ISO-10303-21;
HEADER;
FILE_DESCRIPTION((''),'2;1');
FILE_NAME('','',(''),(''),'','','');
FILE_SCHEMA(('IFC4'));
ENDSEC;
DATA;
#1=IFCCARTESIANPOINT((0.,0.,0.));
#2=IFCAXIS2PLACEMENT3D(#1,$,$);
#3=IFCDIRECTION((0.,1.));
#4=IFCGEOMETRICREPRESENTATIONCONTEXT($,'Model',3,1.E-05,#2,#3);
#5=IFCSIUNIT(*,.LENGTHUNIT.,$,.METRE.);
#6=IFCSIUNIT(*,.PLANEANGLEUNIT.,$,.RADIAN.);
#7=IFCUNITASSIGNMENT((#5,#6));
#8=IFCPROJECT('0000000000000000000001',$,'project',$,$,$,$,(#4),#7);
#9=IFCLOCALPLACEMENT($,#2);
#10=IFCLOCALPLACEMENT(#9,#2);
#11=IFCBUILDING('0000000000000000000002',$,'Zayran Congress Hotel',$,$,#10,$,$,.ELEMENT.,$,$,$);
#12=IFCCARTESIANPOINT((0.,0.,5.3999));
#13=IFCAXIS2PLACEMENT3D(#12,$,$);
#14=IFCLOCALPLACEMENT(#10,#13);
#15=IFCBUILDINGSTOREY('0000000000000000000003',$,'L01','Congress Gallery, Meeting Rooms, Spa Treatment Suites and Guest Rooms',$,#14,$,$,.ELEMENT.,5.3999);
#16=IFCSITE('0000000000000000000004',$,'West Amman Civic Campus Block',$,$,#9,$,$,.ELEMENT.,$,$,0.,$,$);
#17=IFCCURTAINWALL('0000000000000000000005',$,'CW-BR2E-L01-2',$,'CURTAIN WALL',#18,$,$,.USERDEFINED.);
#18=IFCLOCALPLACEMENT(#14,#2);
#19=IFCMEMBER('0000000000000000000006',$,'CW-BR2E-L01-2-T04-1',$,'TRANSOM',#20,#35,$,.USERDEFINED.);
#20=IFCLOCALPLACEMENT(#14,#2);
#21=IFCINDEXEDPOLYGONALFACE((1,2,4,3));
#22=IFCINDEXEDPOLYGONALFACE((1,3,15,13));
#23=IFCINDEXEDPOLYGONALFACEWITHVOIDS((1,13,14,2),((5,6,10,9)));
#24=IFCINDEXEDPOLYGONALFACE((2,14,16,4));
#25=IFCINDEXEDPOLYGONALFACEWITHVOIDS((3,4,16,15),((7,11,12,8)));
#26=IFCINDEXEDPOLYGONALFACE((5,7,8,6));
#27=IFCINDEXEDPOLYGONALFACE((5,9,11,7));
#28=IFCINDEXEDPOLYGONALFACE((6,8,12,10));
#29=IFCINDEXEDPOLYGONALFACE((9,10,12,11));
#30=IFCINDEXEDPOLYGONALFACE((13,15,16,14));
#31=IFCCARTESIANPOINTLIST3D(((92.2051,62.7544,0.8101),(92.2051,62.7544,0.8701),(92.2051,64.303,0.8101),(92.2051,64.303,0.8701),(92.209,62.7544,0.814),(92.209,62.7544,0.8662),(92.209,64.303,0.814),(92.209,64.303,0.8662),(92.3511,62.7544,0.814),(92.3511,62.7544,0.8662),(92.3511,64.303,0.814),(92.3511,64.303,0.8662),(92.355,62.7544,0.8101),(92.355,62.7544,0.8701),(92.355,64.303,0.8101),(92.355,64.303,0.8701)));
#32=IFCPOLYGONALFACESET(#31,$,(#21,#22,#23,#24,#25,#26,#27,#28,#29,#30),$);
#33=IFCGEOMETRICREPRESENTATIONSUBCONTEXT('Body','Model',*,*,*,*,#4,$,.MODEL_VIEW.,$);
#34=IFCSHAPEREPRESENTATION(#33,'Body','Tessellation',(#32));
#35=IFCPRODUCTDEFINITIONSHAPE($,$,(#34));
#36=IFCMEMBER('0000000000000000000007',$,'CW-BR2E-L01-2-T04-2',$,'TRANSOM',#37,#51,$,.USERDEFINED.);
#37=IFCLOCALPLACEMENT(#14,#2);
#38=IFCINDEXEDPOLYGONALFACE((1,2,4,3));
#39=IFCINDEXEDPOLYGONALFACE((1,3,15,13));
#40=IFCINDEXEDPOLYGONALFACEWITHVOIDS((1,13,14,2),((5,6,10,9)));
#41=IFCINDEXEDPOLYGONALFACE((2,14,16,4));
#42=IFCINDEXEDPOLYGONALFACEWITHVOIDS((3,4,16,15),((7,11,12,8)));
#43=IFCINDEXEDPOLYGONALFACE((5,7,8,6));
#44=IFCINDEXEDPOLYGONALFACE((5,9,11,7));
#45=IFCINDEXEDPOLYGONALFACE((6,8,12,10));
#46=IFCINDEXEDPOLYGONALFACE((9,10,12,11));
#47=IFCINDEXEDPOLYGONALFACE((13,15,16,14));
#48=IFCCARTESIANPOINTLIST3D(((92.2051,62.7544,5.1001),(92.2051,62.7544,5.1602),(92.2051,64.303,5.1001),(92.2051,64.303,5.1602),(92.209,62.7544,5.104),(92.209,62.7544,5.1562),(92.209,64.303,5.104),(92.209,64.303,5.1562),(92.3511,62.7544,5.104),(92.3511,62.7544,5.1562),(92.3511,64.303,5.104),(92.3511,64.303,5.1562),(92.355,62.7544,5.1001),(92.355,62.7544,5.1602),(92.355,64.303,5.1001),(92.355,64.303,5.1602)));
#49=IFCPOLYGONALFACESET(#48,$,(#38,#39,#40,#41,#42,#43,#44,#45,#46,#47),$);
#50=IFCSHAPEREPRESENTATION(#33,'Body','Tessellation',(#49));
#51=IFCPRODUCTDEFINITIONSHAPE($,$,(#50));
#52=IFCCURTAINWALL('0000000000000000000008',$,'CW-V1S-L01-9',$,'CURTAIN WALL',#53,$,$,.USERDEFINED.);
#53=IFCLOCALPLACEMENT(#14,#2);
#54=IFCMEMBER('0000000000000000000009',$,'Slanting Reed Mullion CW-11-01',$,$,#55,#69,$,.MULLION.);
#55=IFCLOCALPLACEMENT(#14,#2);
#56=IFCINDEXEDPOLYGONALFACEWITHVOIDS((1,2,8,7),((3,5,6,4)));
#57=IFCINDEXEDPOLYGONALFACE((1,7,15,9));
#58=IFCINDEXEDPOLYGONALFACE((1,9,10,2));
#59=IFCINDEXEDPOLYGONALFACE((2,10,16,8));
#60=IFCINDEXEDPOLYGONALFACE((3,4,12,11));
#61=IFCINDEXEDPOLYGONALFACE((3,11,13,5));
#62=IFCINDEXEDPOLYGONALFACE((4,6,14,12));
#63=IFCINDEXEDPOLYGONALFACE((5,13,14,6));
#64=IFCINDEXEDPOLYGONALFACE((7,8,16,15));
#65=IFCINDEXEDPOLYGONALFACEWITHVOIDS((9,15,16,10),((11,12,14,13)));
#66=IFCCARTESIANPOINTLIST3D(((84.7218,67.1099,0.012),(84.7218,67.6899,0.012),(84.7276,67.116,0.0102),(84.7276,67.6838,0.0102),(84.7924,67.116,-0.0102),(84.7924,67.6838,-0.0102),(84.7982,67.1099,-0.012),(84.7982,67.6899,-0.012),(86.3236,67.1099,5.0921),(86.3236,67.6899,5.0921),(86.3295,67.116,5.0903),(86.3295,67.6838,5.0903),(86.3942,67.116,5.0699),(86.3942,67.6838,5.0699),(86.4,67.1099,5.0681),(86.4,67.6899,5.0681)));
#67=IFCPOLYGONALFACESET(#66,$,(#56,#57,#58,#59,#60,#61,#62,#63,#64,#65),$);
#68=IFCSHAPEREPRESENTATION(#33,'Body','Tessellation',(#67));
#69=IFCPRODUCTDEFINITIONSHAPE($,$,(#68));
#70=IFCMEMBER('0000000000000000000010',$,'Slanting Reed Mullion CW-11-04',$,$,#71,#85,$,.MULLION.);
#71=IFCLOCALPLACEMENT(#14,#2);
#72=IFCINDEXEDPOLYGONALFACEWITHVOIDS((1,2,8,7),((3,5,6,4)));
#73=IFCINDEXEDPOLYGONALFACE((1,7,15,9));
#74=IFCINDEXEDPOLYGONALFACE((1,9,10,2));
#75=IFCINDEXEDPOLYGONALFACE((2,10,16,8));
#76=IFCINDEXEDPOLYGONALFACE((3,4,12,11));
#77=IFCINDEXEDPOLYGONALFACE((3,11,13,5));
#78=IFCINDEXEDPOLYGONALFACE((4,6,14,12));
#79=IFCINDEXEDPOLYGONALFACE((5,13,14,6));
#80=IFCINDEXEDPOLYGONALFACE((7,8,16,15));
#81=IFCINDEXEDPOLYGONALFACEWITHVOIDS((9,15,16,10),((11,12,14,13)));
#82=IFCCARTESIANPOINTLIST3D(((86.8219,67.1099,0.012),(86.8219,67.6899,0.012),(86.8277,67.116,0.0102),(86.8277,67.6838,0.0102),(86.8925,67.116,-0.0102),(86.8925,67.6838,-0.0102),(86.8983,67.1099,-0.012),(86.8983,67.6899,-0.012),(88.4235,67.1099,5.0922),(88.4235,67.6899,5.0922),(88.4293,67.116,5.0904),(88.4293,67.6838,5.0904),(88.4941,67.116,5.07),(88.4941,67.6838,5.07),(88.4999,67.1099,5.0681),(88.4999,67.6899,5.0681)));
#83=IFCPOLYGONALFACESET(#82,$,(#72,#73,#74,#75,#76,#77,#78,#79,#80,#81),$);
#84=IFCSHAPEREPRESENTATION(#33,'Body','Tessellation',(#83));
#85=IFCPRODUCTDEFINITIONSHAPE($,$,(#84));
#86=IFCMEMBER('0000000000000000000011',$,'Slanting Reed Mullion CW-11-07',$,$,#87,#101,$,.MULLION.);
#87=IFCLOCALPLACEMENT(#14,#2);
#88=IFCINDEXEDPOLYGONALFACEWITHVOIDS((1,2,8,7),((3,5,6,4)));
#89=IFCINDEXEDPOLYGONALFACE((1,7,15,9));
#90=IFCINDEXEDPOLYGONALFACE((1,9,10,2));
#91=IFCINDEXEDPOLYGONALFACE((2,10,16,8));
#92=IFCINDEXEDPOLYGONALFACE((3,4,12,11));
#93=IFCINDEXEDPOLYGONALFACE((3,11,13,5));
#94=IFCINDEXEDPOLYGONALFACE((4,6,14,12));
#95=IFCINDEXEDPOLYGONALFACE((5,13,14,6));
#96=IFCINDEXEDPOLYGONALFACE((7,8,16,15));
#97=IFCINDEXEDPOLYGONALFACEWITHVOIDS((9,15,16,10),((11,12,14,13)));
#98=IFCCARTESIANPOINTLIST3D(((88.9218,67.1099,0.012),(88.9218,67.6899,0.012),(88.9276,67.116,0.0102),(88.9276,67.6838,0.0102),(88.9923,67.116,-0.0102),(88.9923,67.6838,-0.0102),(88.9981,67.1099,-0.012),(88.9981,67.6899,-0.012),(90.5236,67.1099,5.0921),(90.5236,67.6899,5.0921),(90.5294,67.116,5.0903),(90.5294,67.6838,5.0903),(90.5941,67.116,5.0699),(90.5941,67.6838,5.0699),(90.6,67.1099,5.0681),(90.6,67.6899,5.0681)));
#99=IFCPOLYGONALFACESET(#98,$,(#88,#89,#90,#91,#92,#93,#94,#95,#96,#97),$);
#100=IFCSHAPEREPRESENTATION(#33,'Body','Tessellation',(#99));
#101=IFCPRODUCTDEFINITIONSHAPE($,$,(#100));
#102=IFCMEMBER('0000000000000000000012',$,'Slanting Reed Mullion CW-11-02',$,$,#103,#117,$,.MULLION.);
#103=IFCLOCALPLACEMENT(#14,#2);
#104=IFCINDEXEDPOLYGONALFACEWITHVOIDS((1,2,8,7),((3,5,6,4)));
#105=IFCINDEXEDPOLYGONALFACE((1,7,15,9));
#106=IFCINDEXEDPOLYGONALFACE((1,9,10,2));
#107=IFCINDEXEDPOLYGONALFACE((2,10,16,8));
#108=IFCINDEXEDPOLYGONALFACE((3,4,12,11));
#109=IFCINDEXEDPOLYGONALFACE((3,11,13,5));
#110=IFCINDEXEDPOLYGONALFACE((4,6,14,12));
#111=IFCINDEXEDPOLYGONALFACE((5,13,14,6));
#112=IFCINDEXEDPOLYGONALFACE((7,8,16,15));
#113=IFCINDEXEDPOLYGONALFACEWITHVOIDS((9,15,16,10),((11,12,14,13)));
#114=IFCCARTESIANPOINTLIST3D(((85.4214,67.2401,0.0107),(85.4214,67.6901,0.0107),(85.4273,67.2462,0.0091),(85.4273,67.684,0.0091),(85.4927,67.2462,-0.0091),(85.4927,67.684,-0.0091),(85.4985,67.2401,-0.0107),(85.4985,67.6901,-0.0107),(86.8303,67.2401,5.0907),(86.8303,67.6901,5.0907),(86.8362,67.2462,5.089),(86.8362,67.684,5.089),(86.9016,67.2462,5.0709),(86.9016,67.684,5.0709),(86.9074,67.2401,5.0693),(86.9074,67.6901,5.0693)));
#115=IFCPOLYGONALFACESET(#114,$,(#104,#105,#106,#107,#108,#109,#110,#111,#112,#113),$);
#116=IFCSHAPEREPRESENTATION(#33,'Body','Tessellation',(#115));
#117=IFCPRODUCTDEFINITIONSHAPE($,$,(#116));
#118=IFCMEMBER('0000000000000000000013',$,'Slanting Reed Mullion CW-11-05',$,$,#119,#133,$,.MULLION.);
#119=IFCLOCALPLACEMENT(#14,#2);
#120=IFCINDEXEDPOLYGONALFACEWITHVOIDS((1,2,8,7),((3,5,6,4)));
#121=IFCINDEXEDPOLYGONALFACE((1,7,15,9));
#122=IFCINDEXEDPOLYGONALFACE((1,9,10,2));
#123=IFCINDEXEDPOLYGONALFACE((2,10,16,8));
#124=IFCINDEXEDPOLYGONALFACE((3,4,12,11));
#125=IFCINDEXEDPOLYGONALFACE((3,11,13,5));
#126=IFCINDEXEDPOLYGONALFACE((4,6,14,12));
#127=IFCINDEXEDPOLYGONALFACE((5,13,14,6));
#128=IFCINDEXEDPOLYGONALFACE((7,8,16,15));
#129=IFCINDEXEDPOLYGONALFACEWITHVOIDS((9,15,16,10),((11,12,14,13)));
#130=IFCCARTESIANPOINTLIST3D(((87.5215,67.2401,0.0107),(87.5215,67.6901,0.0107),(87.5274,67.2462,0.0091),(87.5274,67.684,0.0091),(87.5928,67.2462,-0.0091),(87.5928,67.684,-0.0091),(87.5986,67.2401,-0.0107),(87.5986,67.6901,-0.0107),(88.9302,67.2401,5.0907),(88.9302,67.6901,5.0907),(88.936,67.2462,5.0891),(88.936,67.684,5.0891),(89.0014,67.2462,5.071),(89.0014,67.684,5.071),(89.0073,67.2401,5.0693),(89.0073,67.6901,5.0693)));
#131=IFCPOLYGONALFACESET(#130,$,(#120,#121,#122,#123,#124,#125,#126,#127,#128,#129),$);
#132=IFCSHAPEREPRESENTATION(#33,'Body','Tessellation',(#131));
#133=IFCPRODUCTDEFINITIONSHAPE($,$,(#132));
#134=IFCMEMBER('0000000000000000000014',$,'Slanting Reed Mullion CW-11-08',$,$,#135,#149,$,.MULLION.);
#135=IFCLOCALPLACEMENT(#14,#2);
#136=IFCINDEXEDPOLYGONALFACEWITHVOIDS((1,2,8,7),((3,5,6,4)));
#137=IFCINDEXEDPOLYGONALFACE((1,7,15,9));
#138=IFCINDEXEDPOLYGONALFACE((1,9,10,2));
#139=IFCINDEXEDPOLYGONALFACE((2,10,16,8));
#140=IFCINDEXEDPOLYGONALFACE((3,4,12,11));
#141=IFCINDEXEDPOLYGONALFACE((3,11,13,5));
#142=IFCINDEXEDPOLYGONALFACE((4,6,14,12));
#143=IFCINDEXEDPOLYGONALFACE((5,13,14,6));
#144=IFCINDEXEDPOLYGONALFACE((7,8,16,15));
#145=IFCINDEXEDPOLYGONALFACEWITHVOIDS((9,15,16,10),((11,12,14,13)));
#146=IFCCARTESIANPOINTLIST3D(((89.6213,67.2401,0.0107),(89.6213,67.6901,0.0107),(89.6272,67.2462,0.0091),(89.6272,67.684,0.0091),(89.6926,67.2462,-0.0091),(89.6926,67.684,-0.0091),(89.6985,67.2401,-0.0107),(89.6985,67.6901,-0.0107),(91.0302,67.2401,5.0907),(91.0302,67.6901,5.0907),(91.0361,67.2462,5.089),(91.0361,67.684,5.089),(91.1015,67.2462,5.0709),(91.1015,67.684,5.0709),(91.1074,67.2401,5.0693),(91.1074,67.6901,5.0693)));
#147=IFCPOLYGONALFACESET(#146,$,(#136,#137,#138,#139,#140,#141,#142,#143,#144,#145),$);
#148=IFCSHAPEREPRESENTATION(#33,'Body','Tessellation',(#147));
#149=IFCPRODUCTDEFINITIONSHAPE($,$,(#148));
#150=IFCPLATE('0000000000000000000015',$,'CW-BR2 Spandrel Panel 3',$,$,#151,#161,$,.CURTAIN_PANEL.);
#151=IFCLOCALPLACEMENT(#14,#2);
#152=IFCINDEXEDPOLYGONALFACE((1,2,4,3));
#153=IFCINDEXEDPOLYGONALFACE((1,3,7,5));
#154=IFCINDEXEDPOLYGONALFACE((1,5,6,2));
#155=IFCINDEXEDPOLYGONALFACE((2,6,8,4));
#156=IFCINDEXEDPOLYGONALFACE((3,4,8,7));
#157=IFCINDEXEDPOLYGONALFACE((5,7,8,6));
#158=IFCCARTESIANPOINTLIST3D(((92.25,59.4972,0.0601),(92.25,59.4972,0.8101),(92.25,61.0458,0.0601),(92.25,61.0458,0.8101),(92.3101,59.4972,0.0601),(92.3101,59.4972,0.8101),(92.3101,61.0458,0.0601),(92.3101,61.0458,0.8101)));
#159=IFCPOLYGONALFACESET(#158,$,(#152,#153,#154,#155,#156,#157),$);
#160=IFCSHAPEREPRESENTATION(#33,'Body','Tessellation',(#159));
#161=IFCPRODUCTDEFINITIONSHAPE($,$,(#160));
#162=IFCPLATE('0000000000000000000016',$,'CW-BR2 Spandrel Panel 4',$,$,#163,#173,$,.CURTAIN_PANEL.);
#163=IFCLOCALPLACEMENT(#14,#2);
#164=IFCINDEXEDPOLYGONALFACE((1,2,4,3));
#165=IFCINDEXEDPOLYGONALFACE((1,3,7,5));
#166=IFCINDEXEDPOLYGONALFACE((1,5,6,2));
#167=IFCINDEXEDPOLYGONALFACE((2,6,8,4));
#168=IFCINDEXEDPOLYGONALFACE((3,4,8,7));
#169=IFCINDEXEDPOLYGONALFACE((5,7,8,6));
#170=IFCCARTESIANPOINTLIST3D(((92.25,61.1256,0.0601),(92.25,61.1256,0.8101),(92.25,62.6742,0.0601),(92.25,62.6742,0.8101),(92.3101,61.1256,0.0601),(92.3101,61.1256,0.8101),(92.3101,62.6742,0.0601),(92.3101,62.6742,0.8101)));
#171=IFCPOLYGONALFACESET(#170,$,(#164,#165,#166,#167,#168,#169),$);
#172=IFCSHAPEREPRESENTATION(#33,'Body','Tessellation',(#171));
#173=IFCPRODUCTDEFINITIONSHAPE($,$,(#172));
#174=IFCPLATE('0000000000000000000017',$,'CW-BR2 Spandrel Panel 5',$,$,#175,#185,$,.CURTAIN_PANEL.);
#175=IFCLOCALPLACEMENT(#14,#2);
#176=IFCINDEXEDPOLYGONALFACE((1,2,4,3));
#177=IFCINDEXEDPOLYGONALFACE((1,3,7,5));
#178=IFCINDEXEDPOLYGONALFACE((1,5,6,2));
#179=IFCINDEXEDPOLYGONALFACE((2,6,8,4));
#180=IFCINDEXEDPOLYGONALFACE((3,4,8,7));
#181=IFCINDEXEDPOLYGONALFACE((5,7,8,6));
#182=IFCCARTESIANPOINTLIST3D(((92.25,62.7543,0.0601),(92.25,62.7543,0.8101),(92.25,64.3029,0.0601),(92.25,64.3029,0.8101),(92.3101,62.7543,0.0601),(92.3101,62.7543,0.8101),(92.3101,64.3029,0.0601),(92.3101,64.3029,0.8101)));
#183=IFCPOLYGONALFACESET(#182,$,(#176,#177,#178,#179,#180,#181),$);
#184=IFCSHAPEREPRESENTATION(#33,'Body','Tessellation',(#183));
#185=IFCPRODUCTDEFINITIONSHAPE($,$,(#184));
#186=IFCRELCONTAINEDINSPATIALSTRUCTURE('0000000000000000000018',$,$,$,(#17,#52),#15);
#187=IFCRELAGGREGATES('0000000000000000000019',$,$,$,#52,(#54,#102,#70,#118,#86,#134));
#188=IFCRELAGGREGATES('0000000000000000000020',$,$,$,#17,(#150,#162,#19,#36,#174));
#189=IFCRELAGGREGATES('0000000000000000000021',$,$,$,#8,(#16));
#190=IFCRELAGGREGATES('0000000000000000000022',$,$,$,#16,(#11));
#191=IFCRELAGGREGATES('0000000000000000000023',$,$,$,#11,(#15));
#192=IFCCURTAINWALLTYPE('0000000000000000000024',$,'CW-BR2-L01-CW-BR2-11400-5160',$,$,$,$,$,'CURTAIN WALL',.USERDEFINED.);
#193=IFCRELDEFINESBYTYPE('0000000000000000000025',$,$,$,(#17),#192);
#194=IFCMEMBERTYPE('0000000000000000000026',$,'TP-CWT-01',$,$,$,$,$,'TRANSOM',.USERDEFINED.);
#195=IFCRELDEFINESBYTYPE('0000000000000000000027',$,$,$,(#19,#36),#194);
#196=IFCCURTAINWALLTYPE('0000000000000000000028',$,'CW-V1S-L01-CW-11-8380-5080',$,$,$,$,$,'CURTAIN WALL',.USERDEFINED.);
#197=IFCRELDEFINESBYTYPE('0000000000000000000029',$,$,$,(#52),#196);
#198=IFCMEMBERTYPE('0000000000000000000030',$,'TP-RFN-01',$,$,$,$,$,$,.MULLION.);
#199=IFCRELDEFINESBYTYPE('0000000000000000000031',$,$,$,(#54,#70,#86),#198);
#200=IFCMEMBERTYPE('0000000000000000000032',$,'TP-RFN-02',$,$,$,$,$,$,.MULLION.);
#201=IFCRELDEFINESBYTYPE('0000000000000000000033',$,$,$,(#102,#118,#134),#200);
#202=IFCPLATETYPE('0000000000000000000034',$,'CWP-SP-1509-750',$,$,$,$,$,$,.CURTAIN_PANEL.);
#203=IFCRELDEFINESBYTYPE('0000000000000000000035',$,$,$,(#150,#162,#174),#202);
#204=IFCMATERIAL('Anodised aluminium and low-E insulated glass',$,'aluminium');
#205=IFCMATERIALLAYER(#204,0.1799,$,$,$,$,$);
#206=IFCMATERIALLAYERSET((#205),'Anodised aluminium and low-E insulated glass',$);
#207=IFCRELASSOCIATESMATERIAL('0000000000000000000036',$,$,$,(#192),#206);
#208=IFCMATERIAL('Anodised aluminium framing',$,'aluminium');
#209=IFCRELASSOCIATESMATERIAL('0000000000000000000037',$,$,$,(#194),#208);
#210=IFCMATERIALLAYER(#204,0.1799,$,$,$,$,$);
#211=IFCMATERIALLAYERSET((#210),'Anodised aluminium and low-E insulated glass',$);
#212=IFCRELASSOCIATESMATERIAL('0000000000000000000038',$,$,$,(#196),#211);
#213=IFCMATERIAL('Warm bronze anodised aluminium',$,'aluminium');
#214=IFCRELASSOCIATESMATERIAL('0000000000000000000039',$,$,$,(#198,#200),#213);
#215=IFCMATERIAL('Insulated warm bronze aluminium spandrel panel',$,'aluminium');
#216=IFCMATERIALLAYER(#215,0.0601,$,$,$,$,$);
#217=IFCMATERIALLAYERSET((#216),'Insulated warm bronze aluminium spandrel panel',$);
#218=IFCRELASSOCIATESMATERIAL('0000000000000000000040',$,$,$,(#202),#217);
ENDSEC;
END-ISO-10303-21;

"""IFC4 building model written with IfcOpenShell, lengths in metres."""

from ifc_helpers import new_model, si_unit, direction, frame, origin, origin_2d, place, context, subcontext, project, spatial, rectangle, hollow_rectangle, extrude, material, layer, layer_set, material_profile, profile_set, type_object, element, aggregate, save


model = new_model("IFC4")

# Units and contexts
model_context = context("Model", 3, precision=1e-05, world=origin(), true_north=direction((0.0, 1.0)))
body_context = subcontext(model_context, "Body", "Model", "MODEL_VIEW")
ifc_project = project(units=[si_unit("LENGTHUNIT", "METRE"), si_unit("PLANEANGLEUNIT", "RADIAN")], contexts=[model_context])

# Site, building, storey
site_placement = place(None, origin())
site = spatial("IfcSite", under=ifc_project, at=site_placement, Name="West Amman Civic Campus Block", CompositionType="ELEMENT", RefElevation=0.0)
building_placement = place(site_placement, origin())
building = spatial("IfcBuilding", under=site, at=building_placement, Name="Zayran Congress Hotel", CompositionType="ELEMENT")
storey_placement = place(building_placement, frame((0.0, 0.0, 5.3999)))
storey = spatial("IfcBuildingStorey", under=building, at=storey_placement, Name="L01", Description="Congress Gallery, Meeting Rooms, Spa Treatment Suites and Guest Rooms", CompositionType="ELEMENT", Elevation=5.3999)

# Curtain walls, members
ifc_material_1 = material(Name="Anodised aluminium and low-E insulated glass", Category="aluminium")
ifc_layer_1 = layer(ifc_material_1, 0.1799)
ifc_layer_set_1 = layer_set([ifc_layer_1], Name="Anodised aluminium and low-E insulated glass")
curtain_wall_type_1 = type_object("IfcCurtainWallType", Name="CW-BR2-L01-CW-BR2-11400-5160", ElementType="CURTAIN WALL", PredefinedType="USERDEFINED", material=ifc_layer_set_1)
curtain_wall_1_placement = place(storey_placement, origin())
curtain_wall_1 = element("IfcCurtainWall", 1, at=curtain_wall_1_placement, inside=storey, type_object=curtain_wall_type_1, Name="CW-BR2E-L01-2", ObjectType="CURTAIN WALL", PredefinedType="USERDEFINED")
ifc_material_2 = material(Name="Anodised aluminium framing", Category="aluminium")
ifc_material_profile_1 = material_profile(ifc_material_2, hollow_rectangle(XDim=0.0601, YDim=0.1499, WallThickness=0.0039, at=origin_2d()), Name="RHS 150x60x4")
ifc_profile_set_1 = profile_set([ifc_material_profile_1], Name="Anodised aluminium framing")
member_type_1 = type_object("IfcMemberType", Name="TP-CWT-01", ElementType="TRANSOM", PredefinedType="USERDEFINED", material=ifc_profile_set_1)
member_1_placement = place(storey_placement, frame((92.28, 62.7544, 0.8401), z_axis=(0.0, 1.0, 0.0), x_axis=(0.0, 0.0, 1.0)))
member_1 = element("IfcMember", 2, at=member_1_placement, type_object=member_type_1, Name="CW-BR2E-L01-2-T04-1", ObjectType="TRANSOM", PredefinedType="USERDEFINED", context=body_context, shape_type="SweptSolid", body=[
    extrude(hollow_rectangle(XDim=0.0601, YDim=0.1499, WallThickness=0.0039, at=origin_2d()), origin(), (0.0, 0.0, 1.0), 1.5486),
])
member_2_placement = place(storey_placement, frame((92.28, 62.7544, 5.1301), z_axis=(0.0, 1.0, 0.0), x_axis=(0.0, 0.0, 1.0)))
member_2 = element("IfcMember", 3, at=member_2_placement, type_object=member_type_1, Name="CW-BR2E-L01-2-T04-2", ObjectType="TRANSOM", PredefinedType="USERDEFINED", context=body_context, shape_type="SweptSolid", body=[
    extrude(hollow_rectangle(XDim=0.0601, YDim=0.1499, WallThickness=0.0039, at=origin_2d()), origin(), (0.0, 0.0, 1.0), 1.5486),
])
ifc_layer_2 = layer(ifc_material_1, 0.1799)
ifc_layer_set_2 = layer_set([ifc_layer_2], Name="Anodised aluminium and low-E insulated glass")
curtain_wall_type_2 = type_object("IfcCurtainWallType", Name="CW-V1S-L01-CW-11-8380-5080", ElementType="CURTAIN WALL", PredefinedType="USERDEFINED", material=ifc_layer_set_2)
curtain_wall_2_placement = place(storey_placement, origin())
curtain_wall_2 = element("IfcCurtainWall", 4, at=curtain_wall_2_placement, inside=storey, type_object=curtain_wall_type_2, Name="CW-V1S-L01-9", ObjectType="CURTAIN WALL", PredefinedType="USERDEFINED")
ifc_material_3 = material(Name="Warm bronze anodised aluminium", Category="aluminium")
ifc_material_profile_2 = material_profile(ifc_material_3, hollow_rectangle(XDim=0.0801, YDim=0.5801, WallThickness=0.0061, at=origin_2d()), Name="RHS 580x80x6")
ifc_profile_set_2 = profile_set([ifc_material_profile_2], Name="Warm bronze anodised aluminium")
member_type_2 = type_object("IfcMemberType", Name="TP-RFN-01", PredefinedType="MULLION", material=ifc_profile_set_2)
member_3_placement = place(storey_placement, frame((84.76, 67.3999, 0.0), z_axis=(0.300717, 0.0, 0.953713), x_axis=(-0.953713, 0.0, 0.300717)))
member_3 = element("IfcMember", 5, at=member_3_placement, type_object=member_type_2, Name="Slanting Reed Mullion CW-11-01", PredefinedType="MULLION", context=body_context, shape_type="SweptSolid", body=[
    extrude(hollow_rectangle(XDim=0.0801, YDim=0.5801, WallThickness=0.0061, at=origin_2d()), origin(), (0.0, 0.0, 1.0), 5.3267),
])
member_4_placement = place(storey_placement, frame((86.8601, 67.3999, 0.0), z_axis=(0.300675, 0.0, 0.953727), x_axis=(-0.953727, 0.0, 0.300675)))
member_4 = element("IfcMember", 6, at=member_4_placement, type_object=member_type_2, Name="Slanting Reed Mullion CW-11-04", PredefinedType="MULLION", context=body_context, shape_type="SweptSolid", body=[
    extrude(hollow_rectangle(XDim=0.0801, YDim=0.5801, WallThickness=0.0061, at=origin_2d()), origin(), (0.0, 0.0, 1.0), 5.3267),
])
member_5_placement = place(storey_placement, frame((88.96, 67.3999, 0.0), z_axis=(0.300717, 0.0, 0.953713), x_axis=(-0.953713, 0.0, 0.300717)))
member_5 = element("IfcMember", 7, at=member_5_placement, type_object=member_type_2, Name="Slanting Reed Mullion CW-11-07", PredefinedType="MULLION", context=body_context, shape_type="SweptSolid", body=[
    extrude(hollow_rectangle(XDim=0.0801, YDim=0.5801, WallThickness=0.0061, at=origin_2d()), origin(), (0.0, 0.0, 1.0), 5.3267),
])
ifc_material_profile_3 = material_profile(ifc_material_3, hollow_rectangle(XDim=0.0801, YDim=0.45, WallThickness=0.0061, at=origin_2d()), Name="RHS 450x80x6")
ifc_profile_set_3 = profile_set([ifc_material_profile_3], Name="Warm bronze anodised aluminium")
member_type_3 = type_object("IfcMemberType", Name="TP-RFN-02", PredefinedType="MULLION", material=ifc_profile_set_3)
member_6_placement = place(storey_placement, frame((85.46, 67.4651, 0.0), z_axis=(0.267257, 0.0, 0.963625), x_axis=(-0.963625, 0.0, 0.267257)))
member_6 = element("IfcMember", 8, at=member_6_placement, type_object=member_type_3, Name="Slanting Reed Mullion CW-11-02", PredefinedType="MULLION", context=body_context, shape_type="SweptSolid", body=[
    extrude(hollow_rectangle(XDim=0.0801, YDim=0.45, WallThickness=0.0061, at=origin_2d()), origin(), (0.0, 0.0, 1.0), 5.2717),
])
member_7_placement = place(storey_placement, frame((87.5601, 67.4651, 0.0), z_axis=(0.267214, 0.0, 0.963637), x_axis=(-0.963637, 0.0, 0.267214)))
member_7 = element("IfcMember", 9, at=member_7_placement, type_object=member_type_3, Name="Slanting Reed Mullion CW-11-05", PredefinedType="MULLION", context=body_context, shape_type="SweptSolid", body=[
    extrude(hollow_rectangle(XDim=0.0801, YDim=0.45, WallThickness=0.0061, at=origin_2d()), origin(), (0.0, 0.0, 1.0), 5.2717),
])
member_8_placement = place(storey_placement, frame((89.6599, 67.4651, 0.0), z_axis=(0.267257, 0.0, 0.963625), x_axis=(-0.963625, 0.0, 0.267257)))
member_8 = element("IfcMember", 10, at=member_8_placement, type_object=member_type_3, Name="Slanting Reed Mullion CW-11-08", PredefinedType="MULLION", context=body_context, shape_type="SweptSolid", body=[
    extrude(hollow_rectangle(XDim=0.0801, YDim=0.45, WallThickness=0.0061, at=origin_2d()), origin(), (0.0, 0.0, 1.0), 5.2717),
])
aggregate(curtain_wall_2, [member_3, member_6, member_4, member_7, member_5, member_8])

# Plates
ifc_material_4 = material(Name="Insulated warm bronze aluminium spandrel panel", Category="aluminium")
ifc_layer_3 = layer(ifc_material_4, 0.0601)
ifc_layer_set_3 = layer_set([ifc_layer_3], Name="Insulated warm bronze aluminium spandrel panel")
plate_type_1 = type_object("IfcPlateType", Name="CWP-SP-1509-750", PredefinedType="CURTAIN_PANEL", material=ifc_layer_set_3)
plate_1_placement = place(storey_placement, frame((92.28, 60.2715, 0.0601), z_axis=(0.0, 0.0, 1.0), x_axis=(0.0, 1.0, 0.0)))
plate_1 = element("IfcPlate", 11, at=plate_1_placement, type_object=plate_type_1, Name="CW-BR2 Spandrel Panel 3", PredefinedType="CURTAIN_PANEL", context=body_context, shape_type="SweptSolid", body=[
    extrude(rectangle(XDim=1.5486, YDim=0.0601, at=origin_2d()), origin(), (0.0, 0.0, 1.0), 0.75),
])
plate_2_placement = place(storey_placement, frame((92.28, 61.8999, 0.0601), z_axis=(0.0, 0.0, 1.0), x_axis=(0.0, 1.0, 0.0)))
plate_2 = element("IfcPlate", 12, at=plate_2_placement, type_object=plate_type_1, Name="CW-BR2 Spandrel Panel 4", PredefinedType="CURTAIN_PANEL", context=body_context, shape_type="SweptSolid", body=[
    extrude(rectangle(XDim=1.5486, YDim=0.0601, at=origin_2d()), origin(), (0.0, 0.0, 1.0), 0.75),
])
plate_3_placement = place(storey_placement, frame((92.28, 63.5286, 0.0601), z_axis=(0.0, 0.0, 1.0), x_axis=(0.0, 1.0, 0.0)))
plate_3 = element("IfcPlate", 13, at=plate_3_placement, type_object=plate_type_1, Name="CW-BR2 Spandrel Panel 5", PredefinedType="CURTAIN_PANEL", context=body_context, shape_type="SweptSolid", body=[
    extrude(rectangle(XDim=1.5486, YDim=0.0601, at=origin_2d()), origin(), (0.0, 0.0, 1.0), 0.75),
])
aggregate(curtain_wall_1, [plate_1, plate_2, member_1, member_2, plate_3])

save(model, "model.ifc")
